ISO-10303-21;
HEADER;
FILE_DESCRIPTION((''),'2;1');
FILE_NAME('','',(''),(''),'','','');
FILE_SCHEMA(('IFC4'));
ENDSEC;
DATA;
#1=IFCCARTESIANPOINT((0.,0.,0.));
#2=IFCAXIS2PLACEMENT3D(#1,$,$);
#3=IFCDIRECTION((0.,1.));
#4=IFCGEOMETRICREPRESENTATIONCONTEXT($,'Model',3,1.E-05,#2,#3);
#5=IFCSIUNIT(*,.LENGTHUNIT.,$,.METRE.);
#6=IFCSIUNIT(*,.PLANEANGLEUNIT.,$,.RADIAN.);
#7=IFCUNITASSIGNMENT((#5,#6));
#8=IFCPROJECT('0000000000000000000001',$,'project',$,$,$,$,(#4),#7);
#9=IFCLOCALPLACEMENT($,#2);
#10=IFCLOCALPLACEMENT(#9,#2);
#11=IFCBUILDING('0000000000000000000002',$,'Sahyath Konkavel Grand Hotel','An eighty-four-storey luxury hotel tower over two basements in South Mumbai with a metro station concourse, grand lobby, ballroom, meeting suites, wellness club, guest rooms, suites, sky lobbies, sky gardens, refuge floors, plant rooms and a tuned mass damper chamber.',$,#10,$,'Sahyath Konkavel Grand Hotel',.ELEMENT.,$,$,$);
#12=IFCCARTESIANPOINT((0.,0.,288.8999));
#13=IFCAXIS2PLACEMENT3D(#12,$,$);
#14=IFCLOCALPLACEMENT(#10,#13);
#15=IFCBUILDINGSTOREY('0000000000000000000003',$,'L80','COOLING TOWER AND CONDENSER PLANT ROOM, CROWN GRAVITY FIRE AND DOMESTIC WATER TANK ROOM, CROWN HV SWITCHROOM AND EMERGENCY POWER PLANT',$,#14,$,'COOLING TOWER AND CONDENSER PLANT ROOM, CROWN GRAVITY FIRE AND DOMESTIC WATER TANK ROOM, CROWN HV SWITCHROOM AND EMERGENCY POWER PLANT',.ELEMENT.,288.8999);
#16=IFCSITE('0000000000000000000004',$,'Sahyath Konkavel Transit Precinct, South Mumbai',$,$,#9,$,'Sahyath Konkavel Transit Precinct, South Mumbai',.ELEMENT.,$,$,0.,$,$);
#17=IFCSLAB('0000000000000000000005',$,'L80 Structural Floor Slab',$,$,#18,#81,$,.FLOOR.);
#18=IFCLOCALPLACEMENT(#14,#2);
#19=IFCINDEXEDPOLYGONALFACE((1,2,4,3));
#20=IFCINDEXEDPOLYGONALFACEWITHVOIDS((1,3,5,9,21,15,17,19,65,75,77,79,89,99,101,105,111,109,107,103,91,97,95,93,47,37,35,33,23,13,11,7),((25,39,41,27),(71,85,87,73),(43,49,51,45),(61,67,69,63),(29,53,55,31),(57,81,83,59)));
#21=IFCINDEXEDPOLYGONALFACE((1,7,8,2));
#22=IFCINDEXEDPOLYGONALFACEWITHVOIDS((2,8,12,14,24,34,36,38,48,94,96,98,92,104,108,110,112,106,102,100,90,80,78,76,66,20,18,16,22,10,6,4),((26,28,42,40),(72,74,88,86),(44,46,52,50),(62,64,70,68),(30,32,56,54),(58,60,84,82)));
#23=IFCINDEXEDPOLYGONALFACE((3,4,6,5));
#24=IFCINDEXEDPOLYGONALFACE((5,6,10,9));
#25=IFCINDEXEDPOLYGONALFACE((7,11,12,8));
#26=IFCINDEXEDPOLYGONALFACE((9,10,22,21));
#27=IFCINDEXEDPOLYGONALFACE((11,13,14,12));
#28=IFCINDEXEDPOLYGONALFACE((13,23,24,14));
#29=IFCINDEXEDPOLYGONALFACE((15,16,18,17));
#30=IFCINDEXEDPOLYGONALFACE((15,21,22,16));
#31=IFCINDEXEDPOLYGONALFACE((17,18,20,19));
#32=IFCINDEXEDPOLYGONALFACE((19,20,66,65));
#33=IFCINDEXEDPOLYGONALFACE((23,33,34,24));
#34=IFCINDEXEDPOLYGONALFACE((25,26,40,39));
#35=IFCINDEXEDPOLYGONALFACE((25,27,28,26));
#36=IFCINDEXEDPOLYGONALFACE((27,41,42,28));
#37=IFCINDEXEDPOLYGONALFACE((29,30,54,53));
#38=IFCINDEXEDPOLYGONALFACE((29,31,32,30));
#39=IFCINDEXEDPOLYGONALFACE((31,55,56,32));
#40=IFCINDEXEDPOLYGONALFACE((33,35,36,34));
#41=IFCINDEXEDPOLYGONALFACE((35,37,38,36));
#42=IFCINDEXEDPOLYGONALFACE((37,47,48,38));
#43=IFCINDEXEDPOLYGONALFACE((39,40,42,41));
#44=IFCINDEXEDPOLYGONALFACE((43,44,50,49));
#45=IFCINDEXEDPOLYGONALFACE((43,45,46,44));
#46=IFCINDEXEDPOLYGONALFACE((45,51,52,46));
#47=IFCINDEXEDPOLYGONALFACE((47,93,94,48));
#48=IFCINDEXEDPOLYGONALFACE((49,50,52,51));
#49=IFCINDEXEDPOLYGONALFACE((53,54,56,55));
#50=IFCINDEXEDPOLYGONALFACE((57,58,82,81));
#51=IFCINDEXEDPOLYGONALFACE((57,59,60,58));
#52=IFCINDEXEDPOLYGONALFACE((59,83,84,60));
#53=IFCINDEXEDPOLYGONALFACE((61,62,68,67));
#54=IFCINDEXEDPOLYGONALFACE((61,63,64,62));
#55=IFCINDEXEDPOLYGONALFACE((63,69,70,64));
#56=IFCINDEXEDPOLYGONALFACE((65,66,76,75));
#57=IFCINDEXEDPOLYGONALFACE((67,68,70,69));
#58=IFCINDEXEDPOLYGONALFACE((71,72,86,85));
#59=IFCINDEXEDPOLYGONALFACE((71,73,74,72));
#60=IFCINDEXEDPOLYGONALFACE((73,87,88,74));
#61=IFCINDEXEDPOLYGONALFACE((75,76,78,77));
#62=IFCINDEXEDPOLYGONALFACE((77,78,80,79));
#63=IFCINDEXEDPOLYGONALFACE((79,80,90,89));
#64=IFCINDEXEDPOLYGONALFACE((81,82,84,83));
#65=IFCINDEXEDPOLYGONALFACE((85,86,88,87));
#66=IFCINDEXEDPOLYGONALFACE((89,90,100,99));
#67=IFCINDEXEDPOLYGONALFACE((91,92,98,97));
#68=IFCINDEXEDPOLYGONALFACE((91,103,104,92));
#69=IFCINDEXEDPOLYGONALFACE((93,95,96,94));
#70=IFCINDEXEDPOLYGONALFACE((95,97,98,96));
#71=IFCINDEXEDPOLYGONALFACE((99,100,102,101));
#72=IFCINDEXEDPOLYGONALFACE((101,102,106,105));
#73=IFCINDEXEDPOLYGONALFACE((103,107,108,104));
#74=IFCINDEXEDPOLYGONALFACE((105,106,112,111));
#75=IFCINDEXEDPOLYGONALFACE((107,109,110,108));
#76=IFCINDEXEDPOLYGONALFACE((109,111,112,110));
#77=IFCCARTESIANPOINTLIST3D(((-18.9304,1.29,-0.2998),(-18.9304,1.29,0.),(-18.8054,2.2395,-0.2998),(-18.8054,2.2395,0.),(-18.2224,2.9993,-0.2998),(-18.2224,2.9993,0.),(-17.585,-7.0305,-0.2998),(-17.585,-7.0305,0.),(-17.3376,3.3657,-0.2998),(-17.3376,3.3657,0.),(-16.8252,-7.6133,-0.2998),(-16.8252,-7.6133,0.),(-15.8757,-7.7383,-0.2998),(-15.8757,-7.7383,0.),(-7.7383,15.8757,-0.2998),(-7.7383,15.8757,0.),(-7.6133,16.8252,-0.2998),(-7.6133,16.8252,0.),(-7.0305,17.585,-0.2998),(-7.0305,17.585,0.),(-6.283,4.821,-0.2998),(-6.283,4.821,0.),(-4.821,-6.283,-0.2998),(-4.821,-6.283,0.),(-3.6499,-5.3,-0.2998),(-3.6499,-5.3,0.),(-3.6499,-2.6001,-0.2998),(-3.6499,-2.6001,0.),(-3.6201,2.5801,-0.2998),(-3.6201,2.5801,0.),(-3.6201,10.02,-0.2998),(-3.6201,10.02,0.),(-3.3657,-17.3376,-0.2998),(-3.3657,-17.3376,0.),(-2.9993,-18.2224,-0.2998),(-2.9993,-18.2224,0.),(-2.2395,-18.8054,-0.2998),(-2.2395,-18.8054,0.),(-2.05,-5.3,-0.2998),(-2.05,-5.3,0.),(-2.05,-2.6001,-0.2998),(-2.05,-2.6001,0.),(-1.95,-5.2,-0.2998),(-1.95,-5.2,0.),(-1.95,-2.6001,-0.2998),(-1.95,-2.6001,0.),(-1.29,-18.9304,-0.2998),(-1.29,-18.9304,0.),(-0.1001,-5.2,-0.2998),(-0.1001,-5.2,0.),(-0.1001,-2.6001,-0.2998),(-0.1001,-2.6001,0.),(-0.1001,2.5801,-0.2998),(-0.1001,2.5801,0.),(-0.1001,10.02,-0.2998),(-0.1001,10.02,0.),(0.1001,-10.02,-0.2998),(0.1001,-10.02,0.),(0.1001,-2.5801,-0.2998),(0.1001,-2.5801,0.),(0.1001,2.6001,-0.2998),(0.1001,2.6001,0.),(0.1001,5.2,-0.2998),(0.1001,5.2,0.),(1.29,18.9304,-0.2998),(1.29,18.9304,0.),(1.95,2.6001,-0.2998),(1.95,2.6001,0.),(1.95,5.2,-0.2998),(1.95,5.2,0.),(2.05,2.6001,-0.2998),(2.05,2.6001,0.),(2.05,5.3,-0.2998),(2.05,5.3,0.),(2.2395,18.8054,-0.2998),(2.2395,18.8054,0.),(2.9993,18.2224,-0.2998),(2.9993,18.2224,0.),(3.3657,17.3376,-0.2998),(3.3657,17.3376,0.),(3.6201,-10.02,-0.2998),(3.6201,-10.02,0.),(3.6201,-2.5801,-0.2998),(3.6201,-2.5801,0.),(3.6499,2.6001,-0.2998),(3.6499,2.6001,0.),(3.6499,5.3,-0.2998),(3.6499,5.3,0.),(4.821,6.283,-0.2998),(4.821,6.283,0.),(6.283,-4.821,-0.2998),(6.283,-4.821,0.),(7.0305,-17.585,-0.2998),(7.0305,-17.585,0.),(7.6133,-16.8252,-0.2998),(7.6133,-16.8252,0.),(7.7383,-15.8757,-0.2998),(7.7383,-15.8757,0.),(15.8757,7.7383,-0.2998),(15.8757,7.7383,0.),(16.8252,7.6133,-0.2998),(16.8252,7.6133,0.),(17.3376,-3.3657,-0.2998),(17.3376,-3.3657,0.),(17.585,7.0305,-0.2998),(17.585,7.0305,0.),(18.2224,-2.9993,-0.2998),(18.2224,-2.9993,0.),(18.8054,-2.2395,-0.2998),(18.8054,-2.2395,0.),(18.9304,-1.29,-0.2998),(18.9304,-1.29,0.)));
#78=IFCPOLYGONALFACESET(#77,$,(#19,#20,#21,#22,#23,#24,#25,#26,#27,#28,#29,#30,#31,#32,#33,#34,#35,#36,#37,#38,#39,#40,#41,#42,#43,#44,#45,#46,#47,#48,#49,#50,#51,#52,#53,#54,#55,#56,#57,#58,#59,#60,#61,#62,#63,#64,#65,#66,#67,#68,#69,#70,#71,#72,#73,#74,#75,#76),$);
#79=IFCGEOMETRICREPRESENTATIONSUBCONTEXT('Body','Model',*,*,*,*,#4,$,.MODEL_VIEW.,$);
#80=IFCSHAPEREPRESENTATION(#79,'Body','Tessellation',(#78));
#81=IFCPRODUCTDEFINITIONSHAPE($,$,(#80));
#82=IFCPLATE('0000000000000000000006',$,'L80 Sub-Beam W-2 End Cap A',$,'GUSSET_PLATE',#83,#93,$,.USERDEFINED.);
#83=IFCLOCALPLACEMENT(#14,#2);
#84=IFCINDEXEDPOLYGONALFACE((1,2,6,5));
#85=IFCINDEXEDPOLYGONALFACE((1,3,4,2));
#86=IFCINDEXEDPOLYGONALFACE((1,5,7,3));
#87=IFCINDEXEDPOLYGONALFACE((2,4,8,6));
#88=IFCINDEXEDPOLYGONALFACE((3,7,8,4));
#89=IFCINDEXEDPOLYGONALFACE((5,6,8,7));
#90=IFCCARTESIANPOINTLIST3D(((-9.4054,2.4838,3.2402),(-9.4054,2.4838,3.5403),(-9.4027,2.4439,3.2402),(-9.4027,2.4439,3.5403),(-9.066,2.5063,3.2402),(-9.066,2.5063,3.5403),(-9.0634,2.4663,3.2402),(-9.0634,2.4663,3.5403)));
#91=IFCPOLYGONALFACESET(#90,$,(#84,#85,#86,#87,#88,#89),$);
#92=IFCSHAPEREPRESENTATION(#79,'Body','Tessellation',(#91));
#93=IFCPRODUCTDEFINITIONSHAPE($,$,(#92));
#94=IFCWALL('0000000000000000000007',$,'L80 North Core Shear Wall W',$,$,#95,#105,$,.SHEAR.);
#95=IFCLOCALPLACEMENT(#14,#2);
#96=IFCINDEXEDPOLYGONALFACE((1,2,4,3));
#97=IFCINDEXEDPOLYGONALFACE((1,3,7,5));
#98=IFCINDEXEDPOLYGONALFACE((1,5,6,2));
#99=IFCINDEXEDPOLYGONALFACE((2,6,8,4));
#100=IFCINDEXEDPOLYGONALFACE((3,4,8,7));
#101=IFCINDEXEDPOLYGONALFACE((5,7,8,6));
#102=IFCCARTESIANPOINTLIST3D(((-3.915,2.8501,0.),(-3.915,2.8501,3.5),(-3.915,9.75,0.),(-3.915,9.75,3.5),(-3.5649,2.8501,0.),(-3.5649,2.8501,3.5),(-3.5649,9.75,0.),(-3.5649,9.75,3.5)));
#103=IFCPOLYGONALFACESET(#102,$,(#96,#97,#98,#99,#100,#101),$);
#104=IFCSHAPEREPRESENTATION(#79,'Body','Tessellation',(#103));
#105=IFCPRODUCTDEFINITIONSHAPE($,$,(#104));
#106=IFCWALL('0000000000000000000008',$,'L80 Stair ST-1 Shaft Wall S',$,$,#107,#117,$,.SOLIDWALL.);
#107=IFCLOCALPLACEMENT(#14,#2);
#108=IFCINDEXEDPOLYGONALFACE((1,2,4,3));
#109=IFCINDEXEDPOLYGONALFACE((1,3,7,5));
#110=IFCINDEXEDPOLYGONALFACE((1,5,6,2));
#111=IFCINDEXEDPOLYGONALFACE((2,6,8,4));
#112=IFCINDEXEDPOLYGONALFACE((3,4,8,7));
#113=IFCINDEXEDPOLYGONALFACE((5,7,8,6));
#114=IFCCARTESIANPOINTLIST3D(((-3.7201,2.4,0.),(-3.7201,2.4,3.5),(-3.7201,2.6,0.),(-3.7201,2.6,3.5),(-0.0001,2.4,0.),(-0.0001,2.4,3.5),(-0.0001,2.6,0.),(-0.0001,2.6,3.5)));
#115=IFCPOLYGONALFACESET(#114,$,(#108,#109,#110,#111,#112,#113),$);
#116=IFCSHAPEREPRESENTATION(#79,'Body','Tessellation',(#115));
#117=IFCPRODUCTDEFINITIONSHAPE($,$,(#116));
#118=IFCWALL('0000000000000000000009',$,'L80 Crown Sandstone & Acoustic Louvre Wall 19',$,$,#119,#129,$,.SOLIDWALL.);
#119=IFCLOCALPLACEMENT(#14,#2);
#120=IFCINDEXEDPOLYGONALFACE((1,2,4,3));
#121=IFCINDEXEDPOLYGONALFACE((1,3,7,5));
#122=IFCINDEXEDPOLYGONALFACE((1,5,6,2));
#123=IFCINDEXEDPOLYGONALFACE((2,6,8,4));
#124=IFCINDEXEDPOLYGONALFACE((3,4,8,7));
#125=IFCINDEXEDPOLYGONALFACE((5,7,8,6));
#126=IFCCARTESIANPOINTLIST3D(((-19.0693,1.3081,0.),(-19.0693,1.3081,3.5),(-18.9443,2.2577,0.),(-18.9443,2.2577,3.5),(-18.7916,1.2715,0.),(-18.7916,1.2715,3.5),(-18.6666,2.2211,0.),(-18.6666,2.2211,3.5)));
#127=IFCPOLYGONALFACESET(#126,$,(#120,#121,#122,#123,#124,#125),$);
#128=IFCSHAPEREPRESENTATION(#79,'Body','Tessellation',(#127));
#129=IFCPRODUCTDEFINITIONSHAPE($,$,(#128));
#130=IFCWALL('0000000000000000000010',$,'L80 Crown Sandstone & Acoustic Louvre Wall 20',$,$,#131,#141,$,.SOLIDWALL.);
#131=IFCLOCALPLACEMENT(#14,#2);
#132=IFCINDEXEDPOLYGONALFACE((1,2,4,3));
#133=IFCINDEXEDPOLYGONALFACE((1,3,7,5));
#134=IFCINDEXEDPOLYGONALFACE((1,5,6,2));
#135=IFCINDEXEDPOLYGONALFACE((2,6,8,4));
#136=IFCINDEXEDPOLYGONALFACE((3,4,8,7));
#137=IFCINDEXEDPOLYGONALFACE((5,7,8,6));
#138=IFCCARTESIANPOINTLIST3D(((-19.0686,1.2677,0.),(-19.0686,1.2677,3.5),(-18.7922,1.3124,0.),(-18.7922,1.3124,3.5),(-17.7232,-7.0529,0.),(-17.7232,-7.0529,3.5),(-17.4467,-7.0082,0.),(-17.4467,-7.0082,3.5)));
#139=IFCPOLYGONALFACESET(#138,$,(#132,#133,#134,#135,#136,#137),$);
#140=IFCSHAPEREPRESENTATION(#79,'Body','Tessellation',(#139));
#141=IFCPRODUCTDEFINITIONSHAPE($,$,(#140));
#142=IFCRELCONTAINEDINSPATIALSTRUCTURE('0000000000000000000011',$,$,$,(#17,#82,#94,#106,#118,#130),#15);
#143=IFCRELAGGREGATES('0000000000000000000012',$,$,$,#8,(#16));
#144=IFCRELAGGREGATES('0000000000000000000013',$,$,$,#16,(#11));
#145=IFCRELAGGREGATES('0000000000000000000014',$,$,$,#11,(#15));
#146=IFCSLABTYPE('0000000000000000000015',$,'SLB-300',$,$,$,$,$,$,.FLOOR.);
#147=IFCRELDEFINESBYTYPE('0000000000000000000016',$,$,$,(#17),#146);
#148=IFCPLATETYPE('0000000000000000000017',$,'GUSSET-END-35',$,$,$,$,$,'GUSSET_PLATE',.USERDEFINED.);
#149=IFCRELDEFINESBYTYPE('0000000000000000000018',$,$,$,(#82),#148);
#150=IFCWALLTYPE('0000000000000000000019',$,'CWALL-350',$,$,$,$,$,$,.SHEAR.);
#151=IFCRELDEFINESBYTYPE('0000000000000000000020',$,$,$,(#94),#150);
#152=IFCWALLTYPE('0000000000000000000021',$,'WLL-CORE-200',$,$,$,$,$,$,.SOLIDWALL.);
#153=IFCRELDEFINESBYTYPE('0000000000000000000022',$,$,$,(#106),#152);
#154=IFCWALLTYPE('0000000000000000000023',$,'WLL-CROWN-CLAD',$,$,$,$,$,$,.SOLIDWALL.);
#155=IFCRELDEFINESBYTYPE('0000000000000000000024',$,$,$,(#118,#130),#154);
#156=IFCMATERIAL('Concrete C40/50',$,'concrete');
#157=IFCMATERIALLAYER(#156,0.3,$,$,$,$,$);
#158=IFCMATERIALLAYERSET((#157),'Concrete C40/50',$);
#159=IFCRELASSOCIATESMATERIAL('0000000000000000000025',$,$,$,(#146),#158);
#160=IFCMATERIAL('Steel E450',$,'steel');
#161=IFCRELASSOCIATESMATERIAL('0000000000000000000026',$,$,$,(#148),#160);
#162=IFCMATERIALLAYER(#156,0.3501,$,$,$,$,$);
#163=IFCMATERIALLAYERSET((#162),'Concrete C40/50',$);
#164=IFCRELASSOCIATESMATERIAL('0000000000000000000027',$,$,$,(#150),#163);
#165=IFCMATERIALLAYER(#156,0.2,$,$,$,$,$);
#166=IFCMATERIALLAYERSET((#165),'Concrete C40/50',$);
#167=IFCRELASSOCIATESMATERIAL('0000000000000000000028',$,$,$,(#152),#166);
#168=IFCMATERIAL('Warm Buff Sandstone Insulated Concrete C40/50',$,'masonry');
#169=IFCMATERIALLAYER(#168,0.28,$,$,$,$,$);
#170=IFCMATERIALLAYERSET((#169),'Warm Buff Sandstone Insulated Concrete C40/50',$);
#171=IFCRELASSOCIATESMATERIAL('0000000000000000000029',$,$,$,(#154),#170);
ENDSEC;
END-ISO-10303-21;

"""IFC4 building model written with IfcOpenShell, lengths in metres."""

from ifc_helpers import new_model, si_unit, direction, frame, frame_2d, origin, origin_2d, place, context, subcontext, project, spatial, polyline, rectangle, outline, extrude, source, transform, mapped, material, layer, layer_set, type_object, element, save


model = new_model("IFC4")

# Units and contexts
model_context = context("Model", 3, precision=1e-05, world=origin(), true_north=direction((0.0, 1.0)))
body_context = subcontext(model_context, "Body", "Model", "MODEL_VIEW")
ifc_project = project(units=[si_unit("LENGTHUNIT", "METRE"), si_unit("PLANEANGLEUNIT", "RADIAN")], contexts=[model_context])

# Site, building, storey
site_placement = place(None, origin())
site = spatial("IfcSite", under=ifc_project, at=site_placement, Name="Sahyath Konkavel Transit Precinct, South Mumbai", LongName="Sahyath Konkavel Transit Precinct, South Mumbai", CompositionType="ELEMENT", RefElevation=0.0)
building_placement = place(site_placement, origin())
building = spatial("IfcBuilding", under=site, at=building_placement, Name="Sahyath Konkavel Grand Hotel", Description="An eighty-four-storey luxury hotel tower over two basements in South Mumbai with a metro station concourse, grand lobby, ballroom, meeting suites, wellness club, guest rooms, suites, sky lobbies, sky gardens, refuge floors, plant rooms and a tuned mass damper chamber.", LongName="Sahyath Konkavel Grand Hotel", CompositionType="ELEMENT")
storey_placement = place(building_placement, frame((0.0, 0.0, 288.8999)))
storey = spatial("IfcBuildingStorey", under=building, at=storey_placement, Name="L80", Description="COOLING TOWER AND CONDENSER PLANT ROOM, CROWN GRAVITY FIRE AND DOMESTIC WATER TANK ROOM, CROWN HV SWITCHROOM AND EMERGENCY POWER PLANT", LongName="COOLING TOWER AND CONDENSER PLANT ROOM, CROWN GRAVITY FIRE AND DOMESTIC WATER TANK ROOM, CROWN HV SWITCHROOM AND EMERGENCY POWER PLANT", CompositionType="ELEMENT", Elevation=288.8999)

# Shared definitions
ifc_material_1 = material(Name="Concrete C40/50", Category="concrete")

# Slab
ifc_layer_1 = layer(ifc_material_1, 0.3)
ifc_layer_set_1 = layer_set([ifc_layer_1], Name="Concrete C40/50")
slab_type = type_object("IfcSlabType", Name="SLB-300", PredefinedType="FLOOR", material=ifc_layer_set_1)
slab_placement = place(storey_placement, frame((0.0, 0.0, -0.2998)))
element("IfcSlab", 1, at=slab_placement, inside=storey, type_object=slab_type, Name="L80 Structural Floor Slab", PredefinedType="FLOOR", context=body_context, shape_type="SweptSolid", body=[
    extrude(outline(polyline([(6.283, -4.821), (17.3376, -3.3657), (18.2224, -2.9993), (18.8054, -2.2395), (18.9304, -1.29), (17.585, 7.0305), (16.8252, 7.6133), (15.8757, 7.7383), (4.821, 6.283), (3.3657, 17.3376), (2.9993, 18.2224), (2.2395, 18.8054), (1.29, 18.9304), (-7.0305, 17.585), (-7.6133, 16.8252), (-7.7383, 15.8757), (-6.283, 4.821), (-17.3376, 3.3657), (-18.2224, 2.9993), (-18.8054, 2.2395), (-18.9304, 1.29), (-17.585, -7.0305), (-16.8252, -7.6133), (-15.8757, -7.7383), (-4.821, -6.283), (-3.3657, -17.3376), (-2.9993, -18.2224), (-2.2395, -18.8054), (-1.29, -18.9304), (7.0305, -17.585), (7.6133, -16.8252), (7.7383, -15.8757), (6.283, -4.821)]), holes=[polyline([(-3.6201, 2.5801), (-0.1001, 2.5801), (-0.1001, 10.02), (-3.6201, 10.02), (-3.6201, 2.5801)]), polyline([(0.1001, -10.02), (3.6201, -10.02), (3.6201, -2.5801), (0.1001, -2.5801), (0.1001, -10.02)]), polyline([(0.1001, 2.6001), (1.95, 2.6001), (1.95, 5.2), (0.1001, 5.2), (0.1001, 2.6001)]), polyline([(-1.95, -5.2), (-0.1001, -5.2), (-0.1001, -2.6001), (-1.95, -2.6001), (-1.95, -5.2)]), polyline([(2.05, 2.6001), (3.6499, 2.6001), (3.6499, 5.3), (2.05, 5.3), (2.05, 2.6001)]), polyline([(-3.6499, -5.3), (-2.05, -5.3), (-2.05, -2.6001), (-3.6499, -2.6001), (-3.6499, -5.3)])]), origin(), (0.0, 0.0, 1.0), 0.2998),
])

# Plate
ifc_material_2 = material(Name="Steel E450", Category="steel")
plate_type = type_object("IfcPlateType", Name="GUSSET-END-35", ElementType="GUSSET_PLATE", PredefinedType="USERDEFINED", material=ifc_material_2)
shared_shape_1 = source(origin(), body_context, "Body", "SweptSolid", [
    extrude(rectangle(XDim=0.04, YDim=0.3401, at=origin_2d()), origin(), (0.0, 0.0, 1.0), 0.3),
])
plate_placement = place(storey_placement, frame((-9.2344, 2.4751, 3.2402), z_axis=(0.0, 0.0, 1.0), x_axis=(0.06603, -0.997818, 0.0)))
element("IfcPlate", 2, at=plate_placement, inside=storey, type_object=plate_type, Name="L80 Sub-Beam W-2 End Cap A", ObjectType="GUSSET_PLATE", PredefinedType="USERDEFINED", context=body_context, shape_type="MappedRepresentation", body=[
    mapped(shared_shape_1, transform((0.0, 0.0, 0.0), scale=1.0)),
])

# Walls
ifc_layer_2 = layer(ifc_material_1, 0.3501)
ifc_layer_set_2 = layer_set([ifc_layer_2], Name="Concrete C40/50")
wall_type_1 = type_object("IfcWallType", Name="CWALL-350", PredefinedType="SHEAR", material=ifc_layer_set_2)
wall_1_placement = place(storey_placement, frame((-3.74, 2.8501, 0.0), z_axis=(0.0, 0.0, 1.0), x_axis=(0.0, 1.0, 0.0)))
element("IfcWall", 3, at=wall_1_placement, inside=storey, type_object=wall_type_1, Name="L80 North Core Shear Wall W", PredefinedType="SHEAR", context=body_context, shape_type="SweptSolid", body=[
    extrude(rectangle(XDim=6.8999, YDim=0.3501, at=frame_2d((3.45, 0.0))), origin(), (0.0, 0.0, 1.0), 3.5),
])
ifc_layer_3 = layer(ifc_material_1, 0.2)
ifc_layer_set_3 = layer_set([ifc_layer_3], Name="Concrete C40/50")
wall_type_2 = type_object("IfcWallType", Name="WLL-CORE-200", PredefinedType="SOLIDWALL", material=ifc_layer_set_3)
wall_2_placement = place(storey_placement, frame((-3.72, 2.5, 0.0), z_axis=(0.0, 0.0, 1.0), x_axis=(1.0, 0.0, 0.0)))
element("IfcWall", 4, at=wall_2_placement, inside=storey, type_object=wall_type_2, Name="L80 Stair ST-1 Shaft Wall S", PredefinedType="SOLIDWALL", context=body_context, shape_type="SweptSolid", body=[
    extrude(rectangle(XDim=3.72, YDim=0.2, at=frame_2d((1.8599, 0.0))), origin(), (0.0, 0.0, 1.0), 3.5),
])
ifc_material_3 = material(Name="Warm Buff Sandstone Insulated Concrete C40/50", Category="masonry")
ifc_layer_4 = layer(ifc_material_3, 0.28)
ifc_layer_set_4 = layer_set([ifc_layer_4], Name="Warm Buff Sandstone Insulated Concrete C40/50")
wall_type_3 = type_object("IfcWallType", Name="WLL-CROWN-CLAD", PredefinedType="SOLIDWALL", material=ifc_layer_set_4)
wall_3_placement = place(storey_placement, frame((-18.8054, 2.2395, 0.0), z_axis=(0.0, 0.0, 1.0), x_axis=(-0.130527, -0.991445, 0.0)))
element("IfcWall", 5, at=wall_3_placement, inside=storey, type_object=wall_type_3, Name="L80 Crown Sandstone & Acoustic Louvre Wall 19", PredefinedType="SOLIDWALL", context=body_context, shape_type="SweptSolid", body=[
    extrude(rectangle(XDim=0.9578, YDim=0.28, at=frame_2d((0.479, 0.0))), origin(), (0.0, 0.0, 1.0), 3.5),
])
wall_4_placement = place(storey_placement, frame((-18.9304, 1.29, 0.0), z_axis=(0.0, 0.0, 1.0), x_axis=(0.159629, -0.987177, 0.0)))
element("IfcWall", 6, at=wall_4_placement, inside=storey, type_object=wall_type_3, Name="L80 Crown Sandstone & Acoustic Louvre Wall 20", PredefinedType="SOLIDWALL", context=body_context, shape_type="SweptSolid", body=[
    extrude(rectangle(XDim=8.4287, YDim=0.28, at=frame_2d((4.2144, 0.0))), origin(), (0.0, 0.0, 1.0), 3.5),
])

save(model, "model.ifc")
